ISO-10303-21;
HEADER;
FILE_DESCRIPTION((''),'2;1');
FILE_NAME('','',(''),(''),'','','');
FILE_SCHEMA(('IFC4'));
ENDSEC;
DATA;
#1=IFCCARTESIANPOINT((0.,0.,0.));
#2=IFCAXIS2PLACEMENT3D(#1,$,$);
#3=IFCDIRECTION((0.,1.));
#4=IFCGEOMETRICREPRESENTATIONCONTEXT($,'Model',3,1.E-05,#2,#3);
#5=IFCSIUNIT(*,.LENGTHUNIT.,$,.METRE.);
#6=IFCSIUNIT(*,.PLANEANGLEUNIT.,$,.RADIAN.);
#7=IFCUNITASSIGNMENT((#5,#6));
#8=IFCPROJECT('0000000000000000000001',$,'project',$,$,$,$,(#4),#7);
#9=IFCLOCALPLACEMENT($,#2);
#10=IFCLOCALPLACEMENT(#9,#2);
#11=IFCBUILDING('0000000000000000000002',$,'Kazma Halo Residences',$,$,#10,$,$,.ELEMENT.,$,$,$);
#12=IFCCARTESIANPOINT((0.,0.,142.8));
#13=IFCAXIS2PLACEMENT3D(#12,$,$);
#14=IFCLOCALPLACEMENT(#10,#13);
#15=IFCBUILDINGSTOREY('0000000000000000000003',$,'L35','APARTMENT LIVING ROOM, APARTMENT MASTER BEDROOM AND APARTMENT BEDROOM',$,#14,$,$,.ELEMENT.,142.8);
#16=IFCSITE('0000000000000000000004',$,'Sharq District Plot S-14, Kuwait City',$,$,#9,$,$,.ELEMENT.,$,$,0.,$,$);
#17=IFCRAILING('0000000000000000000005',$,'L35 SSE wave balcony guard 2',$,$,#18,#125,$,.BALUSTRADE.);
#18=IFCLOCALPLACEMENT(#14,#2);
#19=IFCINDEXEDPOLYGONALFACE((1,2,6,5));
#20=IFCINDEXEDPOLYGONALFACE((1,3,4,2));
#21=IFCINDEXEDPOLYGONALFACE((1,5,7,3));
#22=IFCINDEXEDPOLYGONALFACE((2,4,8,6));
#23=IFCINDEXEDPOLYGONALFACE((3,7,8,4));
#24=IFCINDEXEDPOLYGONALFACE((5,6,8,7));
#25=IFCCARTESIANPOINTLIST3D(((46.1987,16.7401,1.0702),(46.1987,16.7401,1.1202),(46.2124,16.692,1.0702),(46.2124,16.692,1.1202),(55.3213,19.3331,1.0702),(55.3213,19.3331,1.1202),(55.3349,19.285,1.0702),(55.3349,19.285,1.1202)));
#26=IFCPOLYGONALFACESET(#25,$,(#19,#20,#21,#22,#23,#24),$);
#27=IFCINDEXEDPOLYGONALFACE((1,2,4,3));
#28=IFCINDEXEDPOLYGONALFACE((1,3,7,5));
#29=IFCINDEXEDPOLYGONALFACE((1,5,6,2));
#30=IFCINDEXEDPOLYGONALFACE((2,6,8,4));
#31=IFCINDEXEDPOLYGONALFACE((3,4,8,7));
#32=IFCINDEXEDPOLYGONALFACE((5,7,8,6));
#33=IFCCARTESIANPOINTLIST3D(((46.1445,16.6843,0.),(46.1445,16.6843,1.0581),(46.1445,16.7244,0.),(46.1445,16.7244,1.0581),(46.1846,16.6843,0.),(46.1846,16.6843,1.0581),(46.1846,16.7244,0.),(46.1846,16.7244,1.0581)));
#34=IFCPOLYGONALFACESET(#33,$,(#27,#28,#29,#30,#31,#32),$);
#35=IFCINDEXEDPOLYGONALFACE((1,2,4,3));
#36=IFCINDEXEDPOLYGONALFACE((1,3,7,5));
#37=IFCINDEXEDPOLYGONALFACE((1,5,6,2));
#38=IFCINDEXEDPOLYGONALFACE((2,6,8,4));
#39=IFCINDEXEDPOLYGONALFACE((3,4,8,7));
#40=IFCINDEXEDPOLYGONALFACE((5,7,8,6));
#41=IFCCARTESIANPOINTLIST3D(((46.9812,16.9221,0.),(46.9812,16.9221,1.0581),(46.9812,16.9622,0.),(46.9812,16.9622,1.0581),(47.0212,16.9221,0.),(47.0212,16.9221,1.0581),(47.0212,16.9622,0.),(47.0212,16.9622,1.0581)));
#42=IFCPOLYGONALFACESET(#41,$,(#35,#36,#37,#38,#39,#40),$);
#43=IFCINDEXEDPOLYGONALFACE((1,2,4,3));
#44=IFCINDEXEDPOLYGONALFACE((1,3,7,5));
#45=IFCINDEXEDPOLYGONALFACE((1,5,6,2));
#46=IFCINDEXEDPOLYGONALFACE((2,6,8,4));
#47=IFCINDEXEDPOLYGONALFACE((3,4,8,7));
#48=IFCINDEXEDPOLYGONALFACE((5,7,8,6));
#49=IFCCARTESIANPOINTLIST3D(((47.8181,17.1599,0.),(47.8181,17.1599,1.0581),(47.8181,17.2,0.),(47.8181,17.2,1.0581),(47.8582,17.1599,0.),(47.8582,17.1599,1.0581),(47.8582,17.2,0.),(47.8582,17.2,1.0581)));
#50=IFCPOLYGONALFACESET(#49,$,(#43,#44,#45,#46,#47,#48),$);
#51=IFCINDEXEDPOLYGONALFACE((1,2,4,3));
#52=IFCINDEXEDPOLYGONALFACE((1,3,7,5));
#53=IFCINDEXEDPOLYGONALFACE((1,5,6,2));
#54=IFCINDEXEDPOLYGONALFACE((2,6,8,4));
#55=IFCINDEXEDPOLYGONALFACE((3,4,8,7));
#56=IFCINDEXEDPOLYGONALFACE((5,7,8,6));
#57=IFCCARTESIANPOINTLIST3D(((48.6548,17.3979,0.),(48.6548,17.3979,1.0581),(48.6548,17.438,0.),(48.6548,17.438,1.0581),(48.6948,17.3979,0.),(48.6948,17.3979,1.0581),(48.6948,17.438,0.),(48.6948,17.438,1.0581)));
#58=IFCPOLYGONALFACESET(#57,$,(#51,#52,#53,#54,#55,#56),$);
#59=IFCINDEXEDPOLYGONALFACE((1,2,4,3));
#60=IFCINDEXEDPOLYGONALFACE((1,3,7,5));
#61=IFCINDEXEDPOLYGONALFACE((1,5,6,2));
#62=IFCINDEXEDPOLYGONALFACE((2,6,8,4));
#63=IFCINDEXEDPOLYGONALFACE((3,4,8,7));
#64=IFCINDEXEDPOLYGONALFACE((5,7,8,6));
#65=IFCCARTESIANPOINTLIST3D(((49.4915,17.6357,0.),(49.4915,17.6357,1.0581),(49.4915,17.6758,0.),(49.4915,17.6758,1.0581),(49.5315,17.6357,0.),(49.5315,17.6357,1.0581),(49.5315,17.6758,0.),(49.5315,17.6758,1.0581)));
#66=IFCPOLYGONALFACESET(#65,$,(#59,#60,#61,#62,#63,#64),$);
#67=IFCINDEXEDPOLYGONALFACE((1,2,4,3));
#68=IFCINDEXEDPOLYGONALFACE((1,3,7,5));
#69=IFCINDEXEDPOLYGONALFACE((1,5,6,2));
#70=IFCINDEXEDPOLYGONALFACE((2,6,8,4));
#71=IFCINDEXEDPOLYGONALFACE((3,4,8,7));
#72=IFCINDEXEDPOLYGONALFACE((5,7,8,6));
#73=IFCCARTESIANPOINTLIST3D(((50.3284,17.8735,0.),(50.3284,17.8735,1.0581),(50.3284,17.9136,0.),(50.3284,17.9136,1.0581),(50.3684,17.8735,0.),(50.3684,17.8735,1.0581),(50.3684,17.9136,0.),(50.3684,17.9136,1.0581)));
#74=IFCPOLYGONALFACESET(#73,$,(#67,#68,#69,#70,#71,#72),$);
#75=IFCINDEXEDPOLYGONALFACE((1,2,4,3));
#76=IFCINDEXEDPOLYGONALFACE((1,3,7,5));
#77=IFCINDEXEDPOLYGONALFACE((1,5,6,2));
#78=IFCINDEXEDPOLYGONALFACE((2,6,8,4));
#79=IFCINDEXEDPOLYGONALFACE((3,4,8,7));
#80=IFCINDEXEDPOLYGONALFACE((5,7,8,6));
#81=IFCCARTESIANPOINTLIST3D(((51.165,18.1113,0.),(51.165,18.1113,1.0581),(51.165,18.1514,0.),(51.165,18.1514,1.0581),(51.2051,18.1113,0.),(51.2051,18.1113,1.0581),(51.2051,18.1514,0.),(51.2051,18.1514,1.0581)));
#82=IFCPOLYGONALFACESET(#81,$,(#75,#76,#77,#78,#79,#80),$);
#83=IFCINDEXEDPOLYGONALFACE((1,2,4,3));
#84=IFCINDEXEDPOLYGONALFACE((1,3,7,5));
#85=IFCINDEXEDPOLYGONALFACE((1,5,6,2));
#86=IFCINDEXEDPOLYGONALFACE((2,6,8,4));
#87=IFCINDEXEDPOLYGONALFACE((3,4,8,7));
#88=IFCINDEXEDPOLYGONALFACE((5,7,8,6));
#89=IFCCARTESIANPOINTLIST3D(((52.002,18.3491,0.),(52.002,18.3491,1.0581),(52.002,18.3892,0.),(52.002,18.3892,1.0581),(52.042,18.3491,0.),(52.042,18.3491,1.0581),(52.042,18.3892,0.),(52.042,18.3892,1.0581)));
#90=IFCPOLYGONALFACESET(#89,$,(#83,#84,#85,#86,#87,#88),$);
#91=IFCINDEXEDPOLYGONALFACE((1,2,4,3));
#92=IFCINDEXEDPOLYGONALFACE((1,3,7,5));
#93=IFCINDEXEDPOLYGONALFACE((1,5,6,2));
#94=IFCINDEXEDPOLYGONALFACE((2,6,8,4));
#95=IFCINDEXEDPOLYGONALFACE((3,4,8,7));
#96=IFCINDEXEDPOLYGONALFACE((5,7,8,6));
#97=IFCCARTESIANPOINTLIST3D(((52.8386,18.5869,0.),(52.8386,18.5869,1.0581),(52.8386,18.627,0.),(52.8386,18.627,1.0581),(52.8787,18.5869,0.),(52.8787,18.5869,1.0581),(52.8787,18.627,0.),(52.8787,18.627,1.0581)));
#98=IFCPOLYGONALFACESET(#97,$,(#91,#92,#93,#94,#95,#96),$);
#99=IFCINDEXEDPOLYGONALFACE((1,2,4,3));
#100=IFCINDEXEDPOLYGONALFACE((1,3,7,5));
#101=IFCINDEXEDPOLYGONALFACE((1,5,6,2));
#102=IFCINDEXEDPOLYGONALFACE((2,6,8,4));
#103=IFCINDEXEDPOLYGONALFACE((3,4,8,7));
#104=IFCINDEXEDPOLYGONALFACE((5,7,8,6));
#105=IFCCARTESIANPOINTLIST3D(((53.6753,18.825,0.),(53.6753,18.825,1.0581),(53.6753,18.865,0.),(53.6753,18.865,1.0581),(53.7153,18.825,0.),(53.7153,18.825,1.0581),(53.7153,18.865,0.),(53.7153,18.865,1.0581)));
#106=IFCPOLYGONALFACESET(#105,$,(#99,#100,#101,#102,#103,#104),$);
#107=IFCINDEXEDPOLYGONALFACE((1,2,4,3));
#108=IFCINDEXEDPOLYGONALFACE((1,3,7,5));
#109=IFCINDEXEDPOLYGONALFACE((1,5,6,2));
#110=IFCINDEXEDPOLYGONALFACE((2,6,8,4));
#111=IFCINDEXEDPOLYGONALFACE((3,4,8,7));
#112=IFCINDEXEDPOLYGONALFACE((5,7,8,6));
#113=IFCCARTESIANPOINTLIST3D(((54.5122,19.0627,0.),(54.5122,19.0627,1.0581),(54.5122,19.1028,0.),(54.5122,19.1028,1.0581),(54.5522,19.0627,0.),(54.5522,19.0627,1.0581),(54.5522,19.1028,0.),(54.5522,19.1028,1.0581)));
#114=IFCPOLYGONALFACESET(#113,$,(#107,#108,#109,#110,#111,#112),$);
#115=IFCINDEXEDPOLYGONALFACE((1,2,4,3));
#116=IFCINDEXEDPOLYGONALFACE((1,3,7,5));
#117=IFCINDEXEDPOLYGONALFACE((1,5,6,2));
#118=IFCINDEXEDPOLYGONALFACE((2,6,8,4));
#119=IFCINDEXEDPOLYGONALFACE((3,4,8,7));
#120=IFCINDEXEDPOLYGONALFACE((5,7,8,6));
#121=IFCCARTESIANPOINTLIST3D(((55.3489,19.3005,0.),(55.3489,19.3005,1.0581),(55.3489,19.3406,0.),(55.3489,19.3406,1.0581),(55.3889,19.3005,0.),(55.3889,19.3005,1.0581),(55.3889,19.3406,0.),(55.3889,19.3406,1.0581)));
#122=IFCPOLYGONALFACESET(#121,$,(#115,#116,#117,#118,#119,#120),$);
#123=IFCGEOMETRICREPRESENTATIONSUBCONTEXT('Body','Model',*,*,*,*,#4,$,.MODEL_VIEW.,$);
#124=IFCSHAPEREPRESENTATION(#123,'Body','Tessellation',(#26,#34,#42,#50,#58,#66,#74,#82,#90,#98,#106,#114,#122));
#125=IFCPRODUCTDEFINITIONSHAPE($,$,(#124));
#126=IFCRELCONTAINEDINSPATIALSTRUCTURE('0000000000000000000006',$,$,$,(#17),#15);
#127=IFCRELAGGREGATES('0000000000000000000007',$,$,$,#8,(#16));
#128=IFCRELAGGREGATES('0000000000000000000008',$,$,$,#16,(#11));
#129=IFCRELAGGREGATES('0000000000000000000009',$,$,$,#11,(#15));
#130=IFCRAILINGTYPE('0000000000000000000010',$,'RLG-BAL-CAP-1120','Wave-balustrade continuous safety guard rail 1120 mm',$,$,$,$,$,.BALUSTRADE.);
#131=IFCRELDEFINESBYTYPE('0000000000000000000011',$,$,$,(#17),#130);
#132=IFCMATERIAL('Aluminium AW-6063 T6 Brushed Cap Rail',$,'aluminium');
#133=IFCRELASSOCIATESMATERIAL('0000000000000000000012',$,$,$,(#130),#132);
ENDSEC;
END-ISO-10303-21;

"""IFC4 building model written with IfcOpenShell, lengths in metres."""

from ifc_helpers import new_model, si_unit, direction, frame, origin, origin_2d, place, context, subcontext, project, spatial, rectangle, extrude, material, type_object, element, save


model = new_model("IFC4")

# Units and contexts
model_context = context("Model", 3, precision=1e-05, world=origin(), true_north=direction((0.0, 1.0)))
body_context = subcontext(model_context, "Body", "Model", "MODEL_VIEW")
ifc_project = project(units=[si_unit("LENGTHUNIT", "METRE"), si_unit("PLANEANGLEUNIT", "RADIAN")], contexts=[model_context])

# Site, building, storey
site_placement = place(None, origin())
site = spatial("IfcSite", under=ifc_project, at=site_placement, Name="Sharq District Plot S-14, Kuwait City", CompositionType="ELEMENT", RefElevation=0.0)
building_placement = place(site_placement, origin())
building = spatial("IfcBuilding", under=site, at=building_placement, Name="Kazma Halo Residences", CompositionType="ELEMENT")
storey_placement = place(building_placement, frame((0.0, 0.0, 142.8)))
storey = spatial("IfcBuildingStorey", under=building, at=storey_placement, Name="L35", Description="APARTMENT LIVING ROOM, APARTMENT MASTER BEDROOM AND APARTMENT BEDROOM", CompositionType="ELEMENT", Elevation=142.8)

# Railing
ifc_material_1 = material(Name="Aluminium AW-6063 T6 Brushed Cap Rail", Category="aluminium")
railing_type = type_object("IfcRailingType", Name="RLG-BAL-CAP-1120", Description="Wave-balustrade continuous safety guard rail 1120 mm", PredefinedType="BALUSTRADE", material=ifc_material_1)
railing_1_placement = place(storey_placement, frame((46.1646, 16.7043, 0.0)))
element("IfcRailing", 1, at=railing_1_placement, inside=storey, type_object=railing_type, Name="L35 SSE wave balcony guard 2", PredefinedType="BALUSTRADE", context=body_context, shape_type="SweptSolid", body=[
    extrude(rectangle(XDim=0.05, YDim=0.05, at=origin_2d()), frame((0.041, 0.0117, 1.0952), z_axis=(0.961899, 0.273407, 0.0), x_axis=(-0.273407, 0.961899, 0.0)), (0.0, 0.0, 1.0), 9.4839),
    extrude(rectangle(XDim=0.04, YDim=0.04, at=origin_2d()), origin(), (0.0, 0.0, 1.0), 1.0581),
    extrude(rectangle(XDim=0.04, YDim=0.04, at=origin_2d()), frame((0.8367, 0.2378, 0.0)), (0.0, 0.0, 1.0), 1.0581),
    extrude(rectangle(XDim=0.04, YDim=0.04, at=origin_2d()), frame((1.6736, 0.4756, 0.0)), (0.0, 0.0, 1.0), 1.0581),
    extrude(rectangle(XDim=0.04, YDim=0.04, at=origin_2d()), frame((2.5103, 0.7136, 0.0)), (0.0, 0.0, 1.0), 1.0581),
    extrude(rectangle(XDim=0.04, YDim=0.04, at=origin_2d()), frame((3.3469, 0.9514, 0.0)), (0.0, 0.0, 1.0), 1.0581),
    extrude(rectangle(XDim=0.04, YDim=0.04, at=origin_2d()), frame((4.1838, 1.1892, 0.0)), (0.0, 0.0, 1.0), 1.0581),
    extrude(rectangle(XDim=0.04, YDim=0.04, at=origin_2d()), frame((5.0205, 1.427, 0.0)), (0.0, 0.0, 1.0), 1.0581),
    extrude(rectangle(XDim=0.04, YDim=0.04, at=origin_2d()), frame((5.8574, 1.6648, 0.0)), (0.0, 0.0, 1.0), 1.0581),
    extrude(rectangle(XDim=0.04, YDim=0.04, at=origin_2d()), frame((6.6941, 1.9026, 0.0)), (0.0, 0.0, 1.0), 1.0581),
    extrude(rectangle(XDim=0.04, YDim=0.04, at=origin_2d()), frame((7.5308, 2.1406, 0.0)), (0.0, 0.0, 1.0), 1.0581),
    extrude(rectangle(XDim=0.04, YDim=0.04, at=origin_2d()), frame((8.3677, 2.3784, 0.0)), (0.0, 0.0, 1.0), 1.0581),
    extrude(rectangle(XDim=0.04, YDim=0.04, at=origin_2d()), frame((9.2043, 2.6162, 0.0)), (0.0, 0.0, 1.0), 1.0581),
])

save(model, "model.ifc")
